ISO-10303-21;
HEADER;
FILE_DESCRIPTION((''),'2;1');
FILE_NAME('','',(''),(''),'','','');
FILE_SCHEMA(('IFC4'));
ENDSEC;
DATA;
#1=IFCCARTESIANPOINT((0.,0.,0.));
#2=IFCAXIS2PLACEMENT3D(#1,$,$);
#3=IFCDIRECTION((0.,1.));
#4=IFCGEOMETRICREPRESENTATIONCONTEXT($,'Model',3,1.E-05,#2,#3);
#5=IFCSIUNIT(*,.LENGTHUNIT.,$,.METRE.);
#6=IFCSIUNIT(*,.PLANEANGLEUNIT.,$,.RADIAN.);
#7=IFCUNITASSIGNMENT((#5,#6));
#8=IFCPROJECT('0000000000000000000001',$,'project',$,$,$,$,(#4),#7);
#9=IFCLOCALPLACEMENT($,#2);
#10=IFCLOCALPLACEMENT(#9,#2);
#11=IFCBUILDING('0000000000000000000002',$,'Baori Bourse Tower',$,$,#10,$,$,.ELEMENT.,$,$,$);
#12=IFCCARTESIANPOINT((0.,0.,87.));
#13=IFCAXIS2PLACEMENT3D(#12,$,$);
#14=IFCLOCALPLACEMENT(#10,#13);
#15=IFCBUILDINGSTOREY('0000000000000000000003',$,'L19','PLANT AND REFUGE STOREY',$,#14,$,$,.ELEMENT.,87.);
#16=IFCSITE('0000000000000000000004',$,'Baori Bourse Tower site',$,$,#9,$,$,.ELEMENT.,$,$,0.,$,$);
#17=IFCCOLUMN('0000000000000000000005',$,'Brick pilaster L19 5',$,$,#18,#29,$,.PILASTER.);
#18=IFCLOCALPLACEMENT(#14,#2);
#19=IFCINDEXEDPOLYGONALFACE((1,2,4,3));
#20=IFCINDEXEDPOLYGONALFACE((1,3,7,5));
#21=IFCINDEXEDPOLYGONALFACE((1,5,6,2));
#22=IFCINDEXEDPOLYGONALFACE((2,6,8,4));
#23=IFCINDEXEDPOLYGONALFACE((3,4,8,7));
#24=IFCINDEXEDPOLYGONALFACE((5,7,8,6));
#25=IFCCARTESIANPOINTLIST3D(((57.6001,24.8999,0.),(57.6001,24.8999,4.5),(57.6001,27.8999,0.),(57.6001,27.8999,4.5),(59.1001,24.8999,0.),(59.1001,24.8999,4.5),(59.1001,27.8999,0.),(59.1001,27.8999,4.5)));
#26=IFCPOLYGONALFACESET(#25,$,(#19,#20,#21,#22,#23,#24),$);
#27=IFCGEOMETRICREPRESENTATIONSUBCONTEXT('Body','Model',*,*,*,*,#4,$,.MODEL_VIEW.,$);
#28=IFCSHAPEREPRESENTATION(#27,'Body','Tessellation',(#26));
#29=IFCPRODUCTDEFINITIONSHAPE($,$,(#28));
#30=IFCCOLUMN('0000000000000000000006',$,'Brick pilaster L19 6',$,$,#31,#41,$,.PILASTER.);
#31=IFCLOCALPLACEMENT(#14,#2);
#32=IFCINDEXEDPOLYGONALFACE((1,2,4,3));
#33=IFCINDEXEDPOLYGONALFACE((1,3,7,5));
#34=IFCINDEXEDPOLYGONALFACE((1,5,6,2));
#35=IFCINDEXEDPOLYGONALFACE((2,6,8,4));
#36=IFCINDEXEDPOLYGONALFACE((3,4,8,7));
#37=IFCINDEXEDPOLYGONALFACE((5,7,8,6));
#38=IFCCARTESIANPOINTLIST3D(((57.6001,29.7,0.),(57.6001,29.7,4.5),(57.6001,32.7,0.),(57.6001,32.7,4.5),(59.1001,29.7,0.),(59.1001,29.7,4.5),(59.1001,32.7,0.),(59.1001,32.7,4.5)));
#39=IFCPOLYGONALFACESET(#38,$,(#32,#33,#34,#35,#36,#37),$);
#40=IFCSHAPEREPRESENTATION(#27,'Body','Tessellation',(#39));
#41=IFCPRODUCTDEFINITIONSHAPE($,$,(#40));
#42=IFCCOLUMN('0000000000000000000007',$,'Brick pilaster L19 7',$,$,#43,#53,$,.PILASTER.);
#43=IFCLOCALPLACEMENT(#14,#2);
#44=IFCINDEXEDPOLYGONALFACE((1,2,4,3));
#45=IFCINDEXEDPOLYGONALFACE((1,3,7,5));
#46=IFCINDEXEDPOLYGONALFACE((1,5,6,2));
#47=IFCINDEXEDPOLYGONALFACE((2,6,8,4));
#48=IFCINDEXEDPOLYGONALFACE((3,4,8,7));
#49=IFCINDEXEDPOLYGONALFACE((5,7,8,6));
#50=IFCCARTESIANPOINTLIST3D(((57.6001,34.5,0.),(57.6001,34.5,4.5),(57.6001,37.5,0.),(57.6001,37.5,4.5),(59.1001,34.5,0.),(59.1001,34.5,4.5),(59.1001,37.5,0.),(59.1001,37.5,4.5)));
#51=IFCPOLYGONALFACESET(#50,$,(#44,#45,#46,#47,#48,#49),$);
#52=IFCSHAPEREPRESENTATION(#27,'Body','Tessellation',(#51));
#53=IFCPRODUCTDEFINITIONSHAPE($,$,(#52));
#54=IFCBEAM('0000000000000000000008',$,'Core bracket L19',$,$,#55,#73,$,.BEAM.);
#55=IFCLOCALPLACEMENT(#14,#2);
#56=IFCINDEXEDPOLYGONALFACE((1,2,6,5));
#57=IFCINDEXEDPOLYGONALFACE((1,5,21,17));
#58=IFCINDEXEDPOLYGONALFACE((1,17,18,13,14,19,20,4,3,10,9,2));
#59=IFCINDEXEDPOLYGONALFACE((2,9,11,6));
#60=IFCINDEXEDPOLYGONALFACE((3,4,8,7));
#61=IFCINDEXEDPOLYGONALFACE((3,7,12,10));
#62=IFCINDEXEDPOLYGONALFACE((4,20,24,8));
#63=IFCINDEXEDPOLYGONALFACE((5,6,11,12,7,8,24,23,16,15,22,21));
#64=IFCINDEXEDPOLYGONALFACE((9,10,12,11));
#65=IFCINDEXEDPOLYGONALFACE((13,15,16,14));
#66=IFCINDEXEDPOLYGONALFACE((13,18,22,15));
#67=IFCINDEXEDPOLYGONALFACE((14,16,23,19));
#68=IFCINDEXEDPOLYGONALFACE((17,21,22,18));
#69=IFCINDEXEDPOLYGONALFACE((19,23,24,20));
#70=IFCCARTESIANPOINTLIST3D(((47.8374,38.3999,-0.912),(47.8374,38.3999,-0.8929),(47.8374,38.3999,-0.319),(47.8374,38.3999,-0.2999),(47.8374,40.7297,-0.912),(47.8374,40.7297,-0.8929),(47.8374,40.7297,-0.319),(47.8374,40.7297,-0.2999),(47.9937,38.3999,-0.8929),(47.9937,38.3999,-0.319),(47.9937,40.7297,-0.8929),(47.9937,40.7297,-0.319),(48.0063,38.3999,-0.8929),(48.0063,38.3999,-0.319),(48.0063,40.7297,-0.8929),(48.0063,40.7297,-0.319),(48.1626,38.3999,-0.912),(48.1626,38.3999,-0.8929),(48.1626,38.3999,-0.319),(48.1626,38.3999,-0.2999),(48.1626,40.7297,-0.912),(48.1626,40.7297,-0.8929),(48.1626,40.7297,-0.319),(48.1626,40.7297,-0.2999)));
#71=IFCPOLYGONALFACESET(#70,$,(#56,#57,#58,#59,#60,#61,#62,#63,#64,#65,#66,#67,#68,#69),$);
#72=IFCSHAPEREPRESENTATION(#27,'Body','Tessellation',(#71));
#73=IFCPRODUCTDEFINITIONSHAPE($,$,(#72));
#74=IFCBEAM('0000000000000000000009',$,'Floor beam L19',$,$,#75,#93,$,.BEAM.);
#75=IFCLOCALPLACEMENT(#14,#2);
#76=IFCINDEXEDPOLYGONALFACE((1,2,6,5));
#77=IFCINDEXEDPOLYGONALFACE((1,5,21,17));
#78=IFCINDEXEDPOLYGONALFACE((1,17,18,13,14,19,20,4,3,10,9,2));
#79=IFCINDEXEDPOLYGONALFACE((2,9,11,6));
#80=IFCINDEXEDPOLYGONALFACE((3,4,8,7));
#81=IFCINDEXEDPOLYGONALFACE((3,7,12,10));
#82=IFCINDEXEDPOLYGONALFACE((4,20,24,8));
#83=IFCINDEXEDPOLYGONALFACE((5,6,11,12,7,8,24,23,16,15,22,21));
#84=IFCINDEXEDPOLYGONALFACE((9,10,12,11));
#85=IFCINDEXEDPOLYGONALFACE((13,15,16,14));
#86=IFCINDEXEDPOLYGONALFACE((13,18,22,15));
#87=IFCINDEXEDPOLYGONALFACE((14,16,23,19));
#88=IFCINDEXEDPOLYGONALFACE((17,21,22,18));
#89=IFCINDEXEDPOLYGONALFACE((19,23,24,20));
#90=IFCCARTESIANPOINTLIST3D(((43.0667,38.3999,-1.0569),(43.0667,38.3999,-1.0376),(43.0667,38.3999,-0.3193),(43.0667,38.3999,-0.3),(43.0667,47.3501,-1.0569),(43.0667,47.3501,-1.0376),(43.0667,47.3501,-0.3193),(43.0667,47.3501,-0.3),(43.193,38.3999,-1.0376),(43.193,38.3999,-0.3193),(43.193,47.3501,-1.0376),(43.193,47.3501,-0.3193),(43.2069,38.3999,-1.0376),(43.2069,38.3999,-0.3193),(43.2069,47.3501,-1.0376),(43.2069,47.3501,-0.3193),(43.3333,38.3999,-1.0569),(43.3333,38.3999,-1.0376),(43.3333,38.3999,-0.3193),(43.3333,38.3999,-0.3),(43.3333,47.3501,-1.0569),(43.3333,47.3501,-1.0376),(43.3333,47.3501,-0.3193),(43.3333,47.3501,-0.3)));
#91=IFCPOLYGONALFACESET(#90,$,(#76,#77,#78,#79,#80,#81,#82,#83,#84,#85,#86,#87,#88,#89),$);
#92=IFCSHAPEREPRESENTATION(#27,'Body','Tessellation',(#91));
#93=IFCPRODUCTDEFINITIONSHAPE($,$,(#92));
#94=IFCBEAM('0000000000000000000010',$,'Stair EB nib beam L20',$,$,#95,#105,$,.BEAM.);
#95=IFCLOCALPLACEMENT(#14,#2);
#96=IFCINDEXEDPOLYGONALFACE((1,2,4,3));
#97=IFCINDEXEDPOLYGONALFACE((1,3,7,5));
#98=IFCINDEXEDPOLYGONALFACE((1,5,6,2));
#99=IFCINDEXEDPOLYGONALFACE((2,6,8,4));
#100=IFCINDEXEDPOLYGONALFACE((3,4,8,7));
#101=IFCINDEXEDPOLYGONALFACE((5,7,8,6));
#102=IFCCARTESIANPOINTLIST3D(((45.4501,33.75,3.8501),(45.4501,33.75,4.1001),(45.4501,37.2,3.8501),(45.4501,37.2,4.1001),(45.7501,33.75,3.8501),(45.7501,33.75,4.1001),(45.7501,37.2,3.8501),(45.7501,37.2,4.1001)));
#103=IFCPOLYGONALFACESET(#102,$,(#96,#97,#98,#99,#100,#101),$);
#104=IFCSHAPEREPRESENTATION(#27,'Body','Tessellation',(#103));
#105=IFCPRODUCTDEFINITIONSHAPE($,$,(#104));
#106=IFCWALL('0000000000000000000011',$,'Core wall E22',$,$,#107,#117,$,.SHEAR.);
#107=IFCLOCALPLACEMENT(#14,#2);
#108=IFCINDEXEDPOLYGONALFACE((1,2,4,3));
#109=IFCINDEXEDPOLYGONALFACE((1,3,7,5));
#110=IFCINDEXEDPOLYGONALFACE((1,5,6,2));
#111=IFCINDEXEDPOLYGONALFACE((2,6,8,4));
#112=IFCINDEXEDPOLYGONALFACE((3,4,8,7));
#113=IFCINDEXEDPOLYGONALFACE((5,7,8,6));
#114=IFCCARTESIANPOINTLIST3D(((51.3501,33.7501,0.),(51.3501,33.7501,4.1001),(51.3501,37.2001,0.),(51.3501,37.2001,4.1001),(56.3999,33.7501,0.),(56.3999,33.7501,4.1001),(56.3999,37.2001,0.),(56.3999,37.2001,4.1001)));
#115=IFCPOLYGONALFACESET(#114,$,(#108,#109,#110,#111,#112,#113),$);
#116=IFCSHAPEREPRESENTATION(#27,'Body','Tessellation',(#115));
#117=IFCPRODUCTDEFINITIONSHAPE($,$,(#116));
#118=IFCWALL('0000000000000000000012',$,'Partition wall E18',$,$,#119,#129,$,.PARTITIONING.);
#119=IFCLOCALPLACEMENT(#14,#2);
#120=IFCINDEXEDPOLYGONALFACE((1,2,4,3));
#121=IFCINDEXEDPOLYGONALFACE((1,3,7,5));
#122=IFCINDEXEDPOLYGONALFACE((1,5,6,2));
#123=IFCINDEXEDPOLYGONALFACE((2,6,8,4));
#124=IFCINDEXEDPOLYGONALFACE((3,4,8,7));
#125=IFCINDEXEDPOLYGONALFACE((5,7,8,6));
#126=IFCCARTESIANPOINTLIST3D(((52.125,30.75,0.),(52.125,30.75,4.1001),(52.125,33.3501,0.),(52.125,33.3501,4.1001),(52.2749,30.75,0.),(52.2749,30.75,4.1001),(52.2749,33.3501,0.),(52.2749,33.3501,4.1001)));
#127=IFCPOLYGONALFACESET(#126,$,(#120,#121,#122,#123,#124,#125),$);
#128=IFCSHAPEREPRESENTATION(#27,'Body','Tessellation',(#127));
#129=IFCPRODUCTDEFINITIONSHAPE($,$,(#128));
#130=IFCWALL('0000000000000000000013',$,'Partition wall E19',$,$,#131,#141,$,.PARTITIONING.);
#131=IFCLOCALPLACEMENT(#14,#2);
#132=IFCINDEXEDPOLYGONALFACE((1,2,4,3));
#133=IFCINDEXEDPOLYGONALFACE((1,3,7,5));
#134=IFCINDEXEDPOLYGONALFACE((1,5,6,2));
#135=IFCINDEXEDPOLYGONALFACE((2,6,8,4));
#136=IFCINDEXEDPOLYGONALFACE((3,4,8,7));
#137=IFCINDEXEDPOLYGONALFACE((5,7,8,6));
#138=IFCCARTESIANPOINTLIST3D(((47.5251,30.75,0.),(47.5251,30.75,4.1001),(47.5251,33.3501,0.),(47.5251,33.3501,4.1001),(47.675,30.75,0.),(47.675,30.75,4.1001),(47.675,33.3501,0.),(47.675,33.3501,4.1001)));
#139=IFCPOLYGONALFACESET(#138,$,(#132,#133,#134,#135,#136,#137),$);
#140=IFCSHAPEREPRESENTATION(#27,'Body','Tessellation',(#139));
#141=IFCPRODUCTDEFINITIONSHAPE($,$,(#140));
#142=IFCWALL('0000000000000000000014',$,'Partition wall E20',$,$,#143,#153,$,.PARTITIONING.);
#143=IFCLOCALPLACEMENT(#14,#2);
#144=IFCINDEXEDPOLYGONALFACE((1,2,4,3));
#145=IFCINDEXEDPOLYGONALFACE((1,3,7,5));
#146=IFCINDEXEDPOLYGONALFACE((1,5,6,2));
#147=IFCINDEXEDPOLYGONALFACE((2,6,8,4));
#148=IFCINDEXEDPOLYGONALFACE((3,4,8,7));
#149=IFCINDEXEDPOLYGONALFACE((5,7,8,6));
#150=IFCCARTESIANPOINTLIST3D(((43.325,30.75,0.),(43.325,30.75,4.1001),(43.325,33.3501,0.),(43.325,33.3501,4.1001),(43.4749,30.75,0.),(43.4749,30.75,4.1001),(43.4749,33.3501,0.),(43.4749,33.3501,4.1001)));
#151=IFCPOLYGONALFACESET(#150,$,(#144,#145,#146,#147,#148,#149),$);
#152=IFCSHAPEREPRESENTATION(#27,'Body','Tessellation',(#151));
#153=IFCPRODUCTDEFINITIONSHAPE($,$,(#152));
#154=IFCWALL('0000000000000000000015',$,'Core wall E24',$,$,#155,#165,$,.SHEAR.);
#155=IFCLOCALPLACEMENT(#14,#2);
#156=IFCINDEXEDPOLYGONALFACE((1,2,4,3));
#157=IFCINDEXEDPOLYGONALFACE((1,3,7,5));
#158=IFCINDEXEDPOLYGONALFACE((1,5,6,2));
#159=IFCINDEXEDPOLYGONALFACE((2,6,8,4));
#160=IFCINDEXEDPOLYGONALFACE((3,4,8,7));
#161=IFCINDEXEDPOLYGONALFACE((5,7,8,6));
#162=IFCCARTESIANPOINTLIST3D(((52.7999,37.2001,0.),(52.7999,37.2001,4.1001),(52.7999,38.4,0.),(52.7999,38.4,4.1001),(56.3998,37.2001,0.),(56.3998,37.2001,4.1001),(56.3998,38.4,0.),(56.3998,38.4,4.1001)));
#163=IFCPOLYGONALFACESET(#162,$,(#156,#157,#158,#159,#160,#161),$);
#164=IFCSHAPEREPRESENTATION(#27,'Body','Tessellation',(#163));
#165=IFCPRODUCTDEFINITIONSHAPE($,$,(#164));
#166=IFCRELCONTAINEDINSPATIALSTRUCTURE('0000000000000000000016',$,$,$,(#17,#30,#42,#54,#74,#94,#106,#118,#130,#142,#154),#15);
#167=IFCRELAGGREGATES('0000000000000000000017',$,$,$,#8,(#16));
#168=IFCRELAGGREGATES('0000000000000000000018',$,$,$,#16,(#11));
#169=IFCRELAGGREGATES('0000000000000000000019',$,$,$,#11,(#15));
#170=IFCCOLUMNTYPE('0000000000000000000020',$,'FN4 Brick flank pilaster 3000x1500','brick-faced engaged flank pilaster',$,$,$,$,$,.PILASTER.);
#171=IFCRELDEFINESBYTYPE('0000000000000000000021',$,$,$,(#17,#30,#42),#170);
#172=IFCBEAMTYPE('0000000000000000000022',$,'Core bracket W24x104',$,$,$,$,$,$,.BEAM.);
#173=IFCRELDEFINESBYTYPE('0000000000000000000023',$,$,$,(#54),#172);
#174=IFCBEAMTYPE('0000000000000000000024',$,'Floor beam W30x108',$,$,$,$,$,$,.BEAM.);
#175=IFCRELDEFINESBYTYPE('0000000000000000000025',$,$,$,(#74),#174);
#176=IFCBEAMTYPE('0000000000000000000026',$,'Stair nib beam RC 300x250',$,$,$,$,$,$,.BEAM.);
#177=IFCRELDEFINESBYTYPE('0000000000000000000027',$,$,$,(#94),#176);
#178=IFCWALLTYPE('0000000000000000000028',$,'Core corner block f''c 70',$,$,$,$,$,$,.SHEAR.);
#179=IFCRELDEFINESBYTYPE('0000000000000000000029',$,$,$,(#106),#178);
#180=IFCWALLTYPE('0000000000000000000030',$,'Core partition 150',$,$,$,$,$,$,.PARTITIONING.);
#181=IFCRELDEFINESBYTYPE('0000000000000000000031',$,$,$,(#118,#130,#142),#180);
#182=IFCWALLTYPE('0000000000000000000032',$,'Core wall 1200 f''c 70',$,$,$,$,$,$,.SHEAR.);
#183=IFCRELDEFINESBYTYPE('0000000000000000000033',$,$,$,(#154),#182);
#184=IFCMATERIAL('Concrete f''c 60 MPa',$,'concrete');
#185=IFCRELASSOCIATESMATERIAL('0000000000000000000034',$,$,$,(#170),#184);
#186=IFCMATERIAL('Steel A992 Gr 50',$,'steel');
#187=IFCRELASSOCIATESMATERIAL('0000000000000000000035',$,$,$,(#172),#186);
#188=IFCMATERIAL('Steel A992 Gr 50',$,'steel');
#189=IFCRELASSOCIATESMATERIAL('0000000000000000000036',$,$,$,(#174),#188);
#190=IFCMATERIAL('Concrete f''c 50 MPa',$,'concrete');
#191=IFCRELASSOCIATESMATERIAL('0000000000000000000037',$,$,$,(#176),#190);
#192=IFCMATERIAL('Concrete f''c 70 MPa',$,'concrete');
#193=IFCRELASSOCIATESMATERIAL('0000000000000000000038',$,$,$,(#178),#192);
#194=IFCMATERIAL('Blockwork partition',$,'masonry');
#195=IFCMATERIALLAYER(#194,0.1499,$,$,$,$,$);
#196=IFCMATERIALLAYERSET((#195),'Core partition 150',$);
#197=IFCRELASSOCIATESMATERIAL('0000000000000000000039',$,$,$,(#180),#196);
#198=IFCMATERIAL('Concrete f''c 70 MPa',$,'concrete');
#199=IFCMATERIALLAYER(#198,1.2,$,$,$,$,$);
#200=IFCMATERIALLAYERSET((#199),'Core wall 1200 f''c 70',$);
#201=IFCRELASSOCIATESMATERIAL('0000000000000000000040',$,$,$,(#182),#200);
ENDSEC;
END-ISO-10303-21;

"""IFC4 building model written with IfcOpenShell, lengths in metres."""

from ifc_helpers import new_model, si_unit, direction, frame, frame_2d, origin, origin_2d, place, context, subcontext, project, spatial, rectangle, i_section, extrude, material, layer, layer_set, material_profile, profile_set, type_object, element, save


model = new_model("IFC4")

# Units and contexts
model_context = context("Model", 3, precision=1e-05, world=origin(), true_north=direction((0.0, 1.0)))
body_context = subcontext(model_context, "Body", "Model", "MODEL_VIEW")
ifc_project = project(units=[si_unit("LENGTHUNIT", "METRE"), si_unit("PLANEANGLEUNIT", "RADIAN")], contexts=[model_context])

# Site, building, storey
site_placement = place(None, origin())
site = spatial("IfcSite", under=ifc_project, at=site_placement, Name="Baori Bourse Tower site", CompositionType="ELEMENT", RefElevation=0.0)
building_placement = place(site_placement, origin())
building = spatial("IfcBuilding", under=site, at=building_placement, Name="Baori Bourse Tower", CompositionType="ELEMENT")
storey_placement = place(building_placement, frame((0.0, 0.0, 87.0)))
storey = spatial("IfcBuildingStorey", under=building, at=storey_placement, Name="L19", Description="PLANT AND REFUGE STOREY", CompositionType="ELEMENT", Elevation=87.0)

# Columns
ifc_material_1 = material(Name="Concrete f'c 60 MPa", Category="concrete")
ifc_material_profile_1 = material_profile(ifc_material_1, rectangle(XDim=3.0, YDim=1.5, at=origin_2d()), Name="RC 3000x1500")
ifc_profile_set_1 = profile_set([ifc_material_profile_1], Name="Concrete f'c 60 MPa")
column_type = type_object("IfcColumnType", Name="FN4 Brick flank pilaster 3000x1500", Description="brick-faced engaged flank pilaster", PredefinedType="PILASTER", material=ifc_profile_set_1)
for number, where, z_axis, x_axis, name in (
    (1, (58.3501, 26.3999, 0.0), (0.0, 0.0, 1.0), (0.0, 1.0, 0.0), "Brick pilaster L19 5"),
    (2, (58.3501, 31.2, 0.0), (0.0, 0.0, 1.0), (0.0, 1.0, 0.0), "Brick pilaster L19 6"),
    (3, (58.3501, 36.0, 0.0), (0.0, 0.0, 1.0), (0.0, 1.0, 0.0), "Brick pilaster L19 7"),
):
    element("IfcColumn", number, at=place(storey_placement, frame(where, z_axis=z_axis, x_axis=x_axis)), inside=storey, type_object=column_type, Name=name, PredefinedType="PILASTER", context=body_context, shape_type="SweptSolid", body=[
        extrude(rectangle(XDim=3.0, YDim=1.5, at=origin_2d()), origin(), (0.0, 0.0, 1.0), 4.5),
    ])

# Beams
ifc_material_2 = material(Name="Steel A992 Gr 50", Category="steel")
ifc_material_profile_2 = material_profile(ifc_material_2, i_section(OverallWidth=0.3252, OverallDepth=0.6121, WebThickness=0.0127, FlangeThickness=0.019, at=origin_2d()), Name="W24x104")
ifc_profile_set_2 = profile_set([ifc_material_profile_2], Name="Steel A992 Gr 50")
beam_type_1 = type_object("IfcBeamType", Name="Core bracket W24x104", PredefinedType="BEAM", material=ifc_profile_set_2)
beam_1_placement = place(storey_placement, frame((48.0, 38.3999, -0.606), z_axis=(0.0, 1.0, 0.0), x_axis=(-1.0, 0.0, 0.0)))
element("IfcBeam", 4, at=beam_1_placement, inside=storey, type_object=beam_type_1, Name="Core bracket L19", PredefinedType="BEAM", context=body_context, shape_type="SweptSolid", body=[
    extrude(i_section(OverallWidth=0.3252, OverallDepth=0.6121, WebThickness=0.0127, FlangeThickness=0.019, at=origin_2d()), origin(), (0.0, 0.0, 1.0), 2.3298),
])
ifc_material_3 = material(Name="Steel A992 Gr 50", Category="steel")
ifc_material_profile_3 = material_profile(ifc_material_3, i_section(OverallWidth=0.2666, OverallDepth=0.7568, WebThickness=0.0139, FlangeThickness=0.0193, at=origin_2d()), Name="W30x108")
ifc_profile_set_3 = profile_set([ifc_material_profile_3], Name="Steel A992 Gr 50")
beam_type_2 = type_object("IfcBeamType", Name="Floor beam W30x108", PredefinedType="BEAM", material=ifc_profile_set_3)
beam_2_placement = place(storey_placement, frame((43.2, 38.3999, -0.6785), z_axis=(0.0, 1.0, 0.0), x_axis=(-1.0, 0.0, 0.0)))
element("IfcBeam", 5, at=beam_2_placement, inside=storey, type_object=beam_type_2, Name="Floor beam L19", PredefinedType="BEAM", context=body_context, shape_type="SweptSolid", body=[
    extrude(i_section(OverallWidth=0.2666, OverallDepth=0.7568, WebThickness=0.0139, FlangeThickness=0.0193, at=origin_2d()), origin(), (0.0, 0.0, 1.0), 8.9502),
])
ifc_material_4 = material(Name="Concrete f'c 50 MPa", Category="concrete")
ifc_material_profile_4 = material_profile(ifc_material_4, rectangle(XDim=0.3, YDim=0.25, at=origin_2d()), Name="RC 300x250")
ifc_profile_set_4 = profile_set([ifc_material_profile_4], Name="Concrete f'c 50 MPa")
beam_type_3 = type_object("IfcBeamType", Name="Stair nib beam RC 300x250", PredefinedType="BEAM", material=ifc_profile_set_4)
beam_3_placement = place(storey_placement, frame((45.6001, 33.75, 3.9751), z_axis=(0.0, 1.0, 0.0), x_axis=(-1.0, 0.0, 0.0)))
element("IfcBeam", 6, at=beam_3_placement, inside=storey, type_object=beam_type_3, Name="Stair EB nib beam L20", PredefinedType="BEAM", context=body_context, shape_type="SweptSolid", body=[
    extrude(rectangle(XDim=0.3, YDim=0.25, at=origin_2d()), origin(), (0.0, 0.0, 1.0), 3.45),
])

# Walls
ifc_material_5 = material(Name="Concrete f'c 70 MPa", Category="concrete")
wall_type_1 = type_object("IfcWallType", Name="Core corner block f'c 70", PredefinedType="SHEAR", material=ifc_material_5)
wall_1_placement = place(storey_placement, frame((51.3501, 35.4751, 0.0), z_axis=(0.0, 0.0, 1.0), x_axis=(1.0, 0.0, 0.0)))
element("IfcWall", 7, at=wall_1_placement, inside=storey, type_object=wall_type_1, Name="Core wall E22", PredefinedType="SHEAR", context=body_context, shape_type="SweptSolid", body=[
    extrude(rectangle(XDim=5.0498, YDim=3.45, at=frame_2d((2.5249, 0.0))), origin(), (0.0, 0.0, 1.0), 4.1001),
])
ifc_material_6 = material(Name="Blockwork partition", Category="masonry")
ifc_layer_1 = layer(ifc_material_6, 0.1499)
ifc_layer_set_1 = layer_set([ifc_layer_1], Name="Core partition 150")
wall_type_2 = type_object("IfcWallType", Name="Core partition 150", PredefinedType="PARTITIONING", material=ifc_layer_set_1)
for number, where, z_axis, x_axis, name in (
    (8, (52.2, 30.75, 0.0), (0.0, 0.0, 1.0), (0.0, 1.0, 0.0), "Partition wall E18"),
    (9, (47.6001, 30.75, 0.0), (0.0, 0.0, 1.0), (0.0, 1.0, 0.0), "Partition wall E19"),
    (10, (43.3999, 30.75, 0.0), (0.0, 0.0, 1.0), (0.0, 1.0, 0.0), "Partition wall E20"),
):
    element("IfcWall", number, at=place(storey_placement, frame(where, z_axis=z_axis, x_axis=x_axis)), inside=storey, type_object=wall_type_2, Name=name, PredefinedType="PARTITIONING", context=body_context, shape_type="SweptSolid", body=[
        extrude(rectangle(XDim=2.6001, YDim=0.1499, at=frame_2d((1.3, 0.0))), origin(), (0.0, 0.0, 1.0), 4.1001),
    ])
ifc_material_7 = material(Name="Concrete f'c 70 MPa", Category="concrete")
ifc_layer_2 = layer(ifc_material_7, 1.2)
ifc_layer_set_2 = layer_set([ifc_layer_2], Name="Core wall 1200 f'c 70")
wall_type_3 = type_object("IfcWallType", Name="Core wall 1200 f'c 70", PredefinedType="SHEAR", material=ifc_layer_set_2)
wall_2_placement = place(storey_placement, frame((52.8, 37.8, 0.0), z_axis=(0.0, 0.0, 1.0), x_axis=(1.0, 0.0, 0.0)))
element("IfcWall", 11, at=wall_2_placement, inside=storey, type_object=wall_type_3, Name="Core wall E24", PredefinedType="SHEAR", context=body_context, shape_type="SweptSolid", body=[
    extrude(rectangle(XDim=3.5999, YDim=1.2, at=frame_2d((1.7998, 0.0))), origin(), (0.0, 0.0, 1.0), 4.1001),
])

save(model, "model.ifc")
